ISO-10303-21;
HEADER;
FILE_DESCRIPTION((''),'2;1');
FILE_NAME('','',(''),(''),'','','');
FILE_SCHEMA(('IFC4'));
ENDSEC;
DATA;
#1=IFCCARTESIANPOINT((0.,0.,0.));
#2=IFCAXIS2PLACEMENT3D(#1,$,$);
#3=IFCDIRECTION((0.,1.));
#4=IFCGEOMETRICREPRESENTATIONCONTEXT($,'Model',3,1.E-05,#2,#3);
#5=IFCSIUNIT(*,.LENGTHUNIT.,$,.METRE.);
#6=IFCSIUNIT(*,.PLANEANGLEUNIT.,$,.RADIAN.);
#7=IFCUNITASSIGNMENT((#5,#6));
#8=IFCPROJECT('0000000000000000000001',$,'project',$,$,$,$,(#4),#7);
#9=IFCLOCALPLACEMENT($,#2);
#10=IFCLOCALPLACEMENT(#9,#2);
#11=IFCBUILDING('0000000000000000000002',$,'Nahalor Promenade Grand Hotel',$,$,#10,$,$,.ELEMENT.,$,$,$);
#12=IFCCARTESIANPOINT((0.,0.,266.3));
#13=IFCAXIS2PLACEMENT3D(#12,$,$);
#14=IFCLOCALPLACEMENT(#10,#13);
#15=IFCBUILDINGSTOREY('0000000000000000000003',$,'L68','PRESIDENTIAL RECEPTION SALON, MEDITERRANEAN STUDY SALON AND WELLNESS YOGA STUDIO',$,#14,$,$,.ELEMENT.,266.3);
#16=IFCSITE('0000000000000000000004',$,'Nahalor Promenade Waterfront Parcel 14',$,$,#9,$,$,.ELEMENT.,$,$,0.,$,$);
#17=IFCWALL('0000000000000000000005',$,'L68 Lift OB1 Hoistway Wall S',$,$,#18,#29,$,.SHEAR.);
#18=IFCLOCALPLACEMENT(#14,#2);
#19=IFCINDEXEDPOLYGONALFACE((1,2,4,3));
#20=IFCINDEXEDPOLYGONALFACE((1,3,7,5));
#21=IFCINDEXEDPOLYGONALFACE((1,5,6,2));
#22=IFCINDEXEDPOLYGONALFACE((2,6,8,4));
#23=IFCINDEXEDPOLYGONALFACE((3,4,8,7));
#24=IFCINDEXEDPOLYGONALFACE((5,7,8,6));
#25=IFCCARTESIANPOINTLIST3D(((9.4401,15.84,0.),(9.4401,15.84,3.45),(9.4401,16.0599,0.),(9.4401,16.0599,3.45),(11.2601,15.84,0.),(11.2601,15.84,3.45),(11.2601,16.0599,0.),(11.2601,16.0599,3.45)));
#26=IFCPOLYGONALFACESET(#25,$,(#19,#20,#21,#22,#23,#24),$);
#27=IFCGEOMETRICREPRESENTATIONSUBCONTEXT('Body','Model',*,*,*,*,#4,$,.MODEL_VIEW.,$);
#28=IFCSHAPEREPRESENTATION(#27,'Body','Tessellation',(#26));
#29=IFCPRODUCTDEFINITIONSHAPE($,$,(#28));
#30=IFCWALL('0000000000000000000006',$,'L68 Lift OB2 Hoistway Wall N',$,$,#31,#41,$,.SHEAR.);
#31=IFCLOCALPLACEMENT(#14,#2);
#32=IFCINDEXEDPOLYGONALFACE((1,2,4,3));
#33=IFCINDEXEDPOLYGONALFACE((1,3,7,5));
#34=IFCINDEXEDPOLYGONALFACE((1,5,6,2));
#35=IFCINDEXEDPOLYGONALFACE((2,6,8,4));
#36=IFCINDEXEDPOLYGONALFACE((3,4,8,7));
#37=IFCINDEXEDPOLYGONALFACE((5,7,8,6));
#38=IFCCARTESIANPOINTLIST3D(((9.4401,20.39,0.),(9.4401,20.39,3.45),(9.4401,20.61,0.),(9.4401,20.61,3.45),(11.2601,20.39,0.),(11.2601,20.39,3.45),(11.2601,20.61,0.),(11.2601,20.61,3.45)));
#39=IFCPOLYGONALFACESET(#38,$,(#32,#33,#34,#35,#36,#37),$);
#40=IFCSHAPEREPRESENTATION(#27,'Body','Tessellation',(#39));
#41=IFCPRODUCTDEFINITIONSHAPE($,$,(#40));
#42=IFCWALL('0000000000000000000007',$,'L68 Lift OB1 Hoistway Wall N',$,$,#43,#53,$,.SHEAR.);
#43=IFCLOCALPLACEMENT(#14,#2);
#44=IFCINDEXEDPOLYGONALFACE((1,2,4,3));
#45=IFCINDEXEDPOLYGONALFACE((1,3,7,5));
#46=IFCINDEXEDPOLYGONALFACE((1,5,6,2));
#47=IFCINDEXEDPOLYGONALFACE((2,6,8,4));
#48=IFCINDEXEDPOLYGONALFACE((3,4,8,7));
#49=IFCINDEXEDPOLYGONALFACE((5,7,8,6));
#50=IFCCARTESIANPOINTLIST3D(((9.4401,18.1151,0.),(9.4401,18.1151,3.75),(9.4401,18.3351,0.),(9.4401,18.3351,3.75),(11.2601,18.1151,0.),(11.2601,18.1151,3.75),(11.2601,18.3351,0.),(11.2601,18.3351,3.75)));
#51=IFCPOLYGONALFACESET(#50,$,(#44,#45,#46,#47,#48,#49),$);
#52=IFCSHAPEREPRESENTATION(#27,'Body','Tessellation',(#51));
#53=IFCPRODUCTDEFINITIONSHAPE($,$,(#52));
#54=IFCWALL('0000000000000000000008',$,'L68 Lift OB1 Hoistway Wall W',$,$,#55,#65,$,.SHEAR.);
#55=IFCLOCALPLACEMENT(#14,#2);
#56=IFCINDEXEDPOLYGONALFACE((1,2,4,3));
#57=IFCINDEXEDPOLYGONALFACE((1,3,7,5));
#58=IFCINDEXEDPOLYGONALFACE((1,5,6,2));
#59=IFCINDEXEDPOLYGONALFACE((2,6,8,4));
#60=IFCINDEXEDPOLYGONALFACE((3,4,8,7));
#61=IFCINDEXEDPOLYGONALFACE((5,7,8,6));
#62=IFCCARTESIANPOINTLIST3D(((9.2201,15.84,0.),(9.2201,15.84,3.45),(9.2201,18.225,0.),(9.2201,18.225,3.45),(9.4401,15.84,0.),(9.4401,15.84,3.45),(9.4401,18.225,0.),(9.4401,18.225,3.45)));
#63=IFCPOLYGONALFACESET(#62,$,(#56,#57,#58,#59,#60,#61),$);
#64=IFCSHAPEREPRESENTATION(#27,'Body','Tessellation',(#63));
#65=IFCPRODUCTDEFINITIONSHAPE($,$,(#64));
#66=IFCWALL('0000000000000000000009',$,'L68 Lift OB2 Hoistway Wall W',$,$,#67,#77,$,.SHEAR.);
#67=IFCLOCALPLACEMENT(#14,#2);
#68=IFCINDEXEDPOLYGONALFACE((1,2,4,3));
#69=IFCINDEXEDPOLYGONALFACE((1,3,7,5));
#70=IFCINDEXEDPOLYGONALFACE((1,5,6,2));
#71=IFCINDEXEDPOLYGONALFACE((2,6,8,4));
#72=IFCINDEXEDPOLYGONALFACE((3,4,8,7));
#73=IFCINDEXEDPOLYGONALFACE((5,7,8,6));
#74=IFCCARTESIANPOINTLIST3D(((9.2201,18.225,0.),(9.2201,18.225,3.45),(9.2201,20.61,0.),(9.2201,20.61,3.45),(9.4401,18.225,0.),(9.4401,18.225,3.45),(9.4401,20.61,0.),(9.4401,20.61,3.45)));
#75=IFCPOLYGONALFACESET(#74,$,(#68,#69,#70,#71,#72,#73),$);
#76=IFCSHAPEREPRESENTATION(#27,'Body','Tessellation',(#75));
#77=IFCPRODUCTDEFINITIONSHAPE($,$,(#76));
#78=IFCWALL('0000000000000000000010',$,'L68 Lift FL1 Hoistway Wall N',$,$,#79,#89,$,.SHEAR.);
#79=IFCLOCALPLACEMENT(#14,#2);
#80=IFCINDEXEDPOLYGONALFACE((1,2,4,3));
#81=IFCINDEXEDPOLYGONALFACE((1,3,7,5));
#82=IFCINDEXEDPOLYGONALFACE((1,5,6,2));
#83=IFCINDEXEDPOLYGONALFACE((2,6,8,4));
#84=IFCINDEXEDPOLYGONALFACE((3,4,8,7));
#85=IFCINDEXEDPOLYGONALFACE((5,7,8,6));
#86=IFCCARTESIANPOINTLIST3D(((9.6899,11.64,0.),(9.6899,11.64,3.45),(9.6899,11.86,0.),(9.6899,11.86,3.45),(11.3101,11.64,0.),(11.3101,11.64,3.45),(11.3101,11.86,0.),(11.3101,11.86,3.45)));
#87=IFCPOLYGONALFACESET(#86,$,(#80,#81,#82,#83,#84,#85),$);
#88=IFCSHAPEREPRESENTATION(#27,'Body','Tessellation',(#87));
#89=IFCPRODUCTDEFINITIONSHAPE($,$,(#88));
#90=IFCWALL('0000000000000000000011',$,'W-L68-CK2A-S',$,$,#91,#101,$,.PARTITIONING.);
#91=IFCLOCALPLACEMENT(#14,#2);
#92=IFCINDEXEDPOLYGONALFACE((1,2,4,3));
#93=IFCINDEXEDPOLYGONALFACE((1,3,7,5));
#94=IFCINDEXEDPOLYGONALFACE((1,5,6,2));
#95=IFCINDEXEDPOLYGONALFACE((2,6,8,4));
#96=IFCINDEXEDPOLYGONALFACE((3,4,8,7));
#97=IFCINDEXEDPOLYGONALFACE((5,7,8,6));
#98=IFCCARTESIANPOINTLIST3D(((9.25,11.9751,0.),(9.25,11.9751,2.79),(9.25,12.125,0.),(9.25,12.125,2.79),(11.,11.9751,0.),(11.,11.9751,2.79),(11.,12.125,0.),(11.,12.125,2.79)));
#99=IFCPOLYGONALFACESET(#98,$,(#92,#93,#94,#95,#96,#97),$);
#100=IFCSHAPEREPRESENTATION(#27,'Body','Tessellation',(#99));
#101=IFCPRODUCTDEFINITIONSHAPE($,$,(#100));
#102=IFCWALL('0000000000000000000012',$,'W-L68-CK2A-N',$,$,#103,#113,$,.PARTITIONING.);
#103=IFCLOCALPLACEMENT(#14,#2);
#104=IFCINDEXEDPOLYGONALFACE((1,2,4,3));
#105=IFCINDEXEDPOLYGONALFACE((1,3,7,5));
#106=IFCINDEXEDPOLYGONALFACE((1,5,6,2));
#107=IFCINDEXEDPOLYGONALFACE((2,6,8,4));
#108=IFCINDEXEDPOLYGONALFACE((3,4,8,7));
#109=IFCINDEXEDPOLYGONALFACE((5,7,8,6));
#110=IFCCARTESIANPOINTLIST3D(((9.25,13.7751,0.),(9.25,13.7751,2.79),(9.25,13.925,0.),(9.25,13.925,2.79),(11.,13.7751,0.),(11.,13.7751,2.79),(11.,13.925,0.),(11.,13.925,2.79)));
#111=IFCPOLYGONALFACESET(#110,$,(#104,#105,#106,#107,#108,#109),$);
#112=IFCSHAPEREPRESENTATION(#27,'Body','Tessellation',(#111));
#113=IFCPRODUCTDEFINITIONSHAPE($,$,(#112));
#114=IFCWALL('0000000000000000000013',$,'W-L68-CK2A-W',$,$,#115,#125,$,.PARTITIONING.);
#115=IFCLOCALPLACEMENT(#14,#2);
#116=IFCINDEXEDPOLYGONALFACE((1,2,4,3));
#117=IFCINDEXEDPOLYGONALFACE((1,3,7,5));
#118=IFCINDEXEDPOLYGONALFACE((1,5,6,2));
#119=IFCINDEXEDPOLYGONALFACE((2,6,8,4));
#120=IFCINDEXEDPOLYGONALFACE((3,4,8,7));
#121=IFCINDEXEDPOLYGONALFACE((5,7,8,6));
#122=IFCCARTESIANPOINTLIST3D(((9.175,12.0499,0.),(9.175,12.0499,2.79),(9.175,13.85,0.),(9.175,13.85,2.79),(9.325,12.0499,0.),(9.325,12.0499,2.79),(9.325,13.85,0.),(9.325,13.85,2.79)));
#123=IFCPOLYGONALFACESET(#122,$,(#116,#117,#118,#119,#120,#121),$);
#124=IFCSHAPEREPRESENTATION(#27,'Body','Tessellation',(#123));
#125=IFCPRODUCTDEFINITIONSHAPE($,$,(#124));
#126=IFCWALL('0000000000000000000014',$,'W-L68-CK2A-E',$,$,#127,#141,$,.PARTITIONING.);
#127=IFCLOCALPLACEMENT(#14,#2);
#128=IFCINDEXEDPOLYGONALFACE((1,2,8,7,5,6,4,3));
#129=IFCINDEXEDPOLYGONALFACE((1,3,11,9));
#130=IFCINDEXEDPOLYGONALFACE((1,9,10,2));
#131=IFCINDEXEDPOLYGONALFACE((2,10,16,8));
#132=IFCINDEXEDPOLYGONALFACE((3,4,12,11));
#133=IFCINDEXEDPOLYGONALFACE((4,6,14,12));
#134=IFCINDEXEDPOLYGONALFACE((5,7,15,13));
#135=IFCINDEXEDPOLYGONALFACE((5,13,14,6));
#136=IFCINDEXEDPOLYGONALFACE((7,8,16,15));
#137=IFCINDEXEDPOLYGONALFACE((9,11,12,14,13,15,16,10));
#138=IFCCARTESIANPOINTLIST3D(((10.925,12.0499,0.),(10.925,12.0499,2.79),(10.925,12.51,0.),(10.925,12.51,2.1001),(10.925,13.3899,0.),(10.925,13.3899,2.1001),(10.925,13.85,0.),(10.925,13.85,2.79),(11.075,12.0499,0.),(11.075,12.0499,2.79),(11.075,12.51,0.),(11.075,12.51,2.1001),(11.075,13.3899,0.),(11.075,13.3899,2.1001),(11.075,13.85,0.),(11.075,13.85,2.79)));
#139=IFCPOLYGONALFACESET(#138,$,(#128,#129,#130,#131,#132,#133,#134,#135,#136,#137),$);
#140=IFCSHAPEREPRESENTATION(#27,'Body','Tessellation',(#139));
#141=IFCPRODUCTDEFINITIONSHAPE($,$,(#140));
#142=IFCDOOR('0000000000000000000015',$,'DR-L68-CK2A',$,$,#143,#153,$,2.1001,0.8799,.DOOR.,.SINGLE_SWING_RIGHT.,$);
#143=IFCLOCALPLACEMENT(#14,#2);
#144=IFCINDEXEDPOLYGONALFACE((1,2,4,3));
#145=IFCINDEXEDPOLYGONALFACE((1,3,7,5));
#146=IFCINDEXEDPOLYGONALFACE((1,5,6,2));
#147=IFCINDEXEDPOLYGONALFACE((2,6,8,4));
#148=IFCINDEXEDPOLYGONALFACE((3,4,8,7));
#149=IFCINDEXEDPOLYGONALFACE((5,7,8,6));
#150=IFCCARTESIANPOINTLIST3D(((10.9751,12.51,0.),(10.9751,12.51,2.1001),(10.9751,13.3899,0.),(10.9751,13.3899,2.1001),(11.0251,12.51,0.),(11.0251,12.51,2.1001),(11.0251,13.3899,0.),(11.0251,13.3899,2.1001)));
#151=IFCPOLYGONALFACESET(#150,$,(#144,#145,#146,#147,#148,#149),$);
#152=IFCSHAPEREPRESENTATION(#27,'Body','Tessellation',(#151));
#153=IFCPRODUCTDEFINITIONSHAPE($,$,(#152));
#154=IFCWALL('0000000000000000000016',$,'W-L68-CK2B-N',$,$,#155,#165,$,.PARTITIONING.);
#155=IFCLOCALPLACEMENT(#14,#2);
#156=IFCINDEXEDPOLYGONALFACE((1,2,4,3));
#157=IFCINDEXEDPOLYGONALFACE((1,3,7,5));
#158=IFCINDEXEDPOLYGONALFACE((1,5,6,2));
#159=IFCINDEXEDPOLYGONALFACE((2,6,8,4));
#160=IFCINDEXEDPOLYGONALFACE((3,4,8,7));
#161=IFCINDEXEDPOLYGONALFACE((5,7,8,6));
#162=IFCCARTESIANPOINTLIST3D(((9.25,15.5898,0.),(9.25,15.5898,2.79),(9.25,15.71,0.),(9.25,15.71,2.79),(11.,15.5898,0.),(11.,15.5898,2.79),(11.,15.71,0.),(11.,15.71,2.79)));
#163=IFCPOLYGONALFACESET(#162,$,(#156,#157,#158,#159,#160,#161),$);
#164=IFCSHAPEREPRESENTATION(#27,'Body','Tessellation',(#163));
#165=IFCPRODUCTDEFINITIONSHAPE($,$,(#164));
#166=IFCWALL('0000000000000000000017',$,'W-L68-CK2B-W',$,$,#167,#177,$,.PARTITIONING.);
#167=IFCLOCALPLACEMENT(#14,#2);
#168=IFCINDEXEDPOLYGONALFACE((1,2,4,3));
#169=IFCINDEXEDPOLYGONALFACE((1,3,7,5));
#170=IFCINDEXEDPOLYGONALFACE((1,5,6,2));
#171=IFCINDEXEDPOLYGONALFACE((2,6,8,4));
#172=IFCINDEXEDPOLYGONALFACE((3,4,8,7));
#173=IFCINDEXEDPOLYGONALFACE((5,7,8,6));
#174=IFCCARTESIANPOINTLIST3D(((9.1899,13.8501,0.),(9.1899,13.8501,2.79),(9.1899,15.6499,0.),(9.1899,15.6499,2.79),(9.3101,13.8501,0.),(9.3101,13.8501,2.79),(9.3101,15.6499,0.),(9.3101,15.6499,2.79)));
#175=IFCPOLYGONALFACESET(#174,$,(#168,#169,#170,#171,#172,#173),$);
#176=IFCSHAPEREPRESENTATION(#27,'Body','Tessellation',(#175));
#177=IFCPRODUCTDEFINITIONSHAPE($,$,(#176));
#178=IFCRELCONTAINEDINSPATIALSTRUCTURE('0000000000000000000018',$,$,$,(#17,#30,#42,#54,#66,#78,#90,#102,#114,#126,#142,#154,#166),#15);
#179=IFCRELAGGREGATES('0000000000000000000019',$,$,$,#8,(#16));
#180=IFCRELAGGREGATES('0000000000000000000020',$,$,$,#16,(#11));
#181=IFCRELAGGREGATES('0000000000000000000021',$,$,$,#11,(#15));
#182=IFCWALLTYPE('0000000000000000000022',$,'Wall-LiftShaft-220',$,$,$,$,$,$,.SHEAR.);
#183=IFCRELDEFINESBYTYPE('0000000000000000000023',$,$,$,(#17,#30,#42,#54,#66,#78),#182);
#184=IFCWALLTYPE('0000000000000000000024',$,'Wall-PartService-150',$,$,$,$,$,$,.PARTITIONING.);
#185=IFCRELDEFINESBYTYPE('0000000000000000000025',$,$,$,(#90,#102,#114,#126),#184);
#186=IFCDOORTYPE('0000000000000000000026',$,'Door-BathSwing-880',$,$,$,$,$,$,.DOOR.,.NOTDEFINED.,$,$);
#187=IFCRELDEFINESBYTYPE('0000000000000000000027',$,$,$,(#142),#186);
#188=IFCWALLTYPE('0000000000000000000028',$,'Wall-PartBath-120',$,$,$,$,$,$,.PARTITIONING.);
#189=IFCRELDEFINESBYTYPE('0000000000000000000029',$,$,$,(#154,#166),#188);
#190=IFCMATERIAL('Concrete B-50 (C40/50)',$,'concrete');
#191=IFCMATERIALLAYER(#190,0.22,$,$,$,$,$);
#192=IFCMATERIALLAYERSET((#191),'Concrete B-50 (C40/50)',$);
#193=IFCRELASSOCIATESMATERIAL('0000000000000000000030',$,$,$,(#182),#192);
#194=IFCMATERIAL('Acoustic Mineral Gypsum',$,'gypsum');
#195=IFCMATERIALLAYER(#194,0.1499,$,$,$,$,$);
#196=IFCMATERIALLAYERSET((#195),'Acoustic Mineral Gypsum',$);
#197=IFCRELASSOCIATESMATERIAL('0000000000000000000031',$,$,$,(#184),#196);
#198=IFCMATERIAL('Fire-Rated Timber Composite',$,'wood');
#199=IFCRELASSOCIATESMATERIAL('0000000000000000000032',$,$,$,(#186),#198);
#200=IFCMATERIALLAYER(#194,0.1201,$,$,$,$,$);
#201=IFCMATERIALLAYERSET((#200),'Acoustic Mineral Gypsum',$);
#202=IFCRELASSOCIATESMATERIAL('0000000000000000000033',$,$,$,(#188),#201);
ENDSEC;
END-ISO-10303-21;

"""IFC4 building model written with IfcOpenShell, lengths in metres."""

from ifc_helpers import new_model, si_unit, direction, frame, frame_2d, origin, place, context, subcontext, project, spatial, rectangle, extrude, source, transform, mapped, material, layer, layer_set, type_object, element, fill, save


model = new_model("IFC4")

# Units and contexts
model_context = context("Model", 3, precision=1e-05, world=origin(), true_north=direction((0.0, 1.0)))
body_context = subcontext(model_context, "Body", "Model", "MODEL_VIEW")
ifc_project = project(units=[si_unit("LENGTHUNIT", "METRE"), si_unit("PLANEANGLEUNIT", "RADIAN")], contexts=[model_context])

# Site, building, storey
site_placement = place(None, origin())
site = spatial("IfcSite", under=ifc_project, at=site_placement, Name="Nahalor Promenade Waterfront Parcel 14", CompositionType="ELEMENT", RefElevation=0.0)
building_placement = place(site_placement, origin())
building = spatial("IfcBuilding", under=site, at=building_placement, Name="Nahalor Promenade Grand Hotel", CompositionType="ELEMENT")
storey_placement = place(building_placement, frame((0.0, 0.0, 266.3)))
storey = spatial("IfcBuildingStorey", under=building, at=storey_placement, Name="L68", Description="PRESIDENTIAL RECEPTION SALON, MEDITERRANEAN STUDY SALON AND WELLNESS YOGA STUDIO", CompositionType="ELEMENT", Elevation=266.3)

# Shared definitions
ifc_material_1 = material(Name="Concrete B-50 (C40/50)", Category="concrete")

# Walls
ifc_layer_1 = layer(ifc_material_1, 0.22)
ifc_layer_set_1 = layer_set([ifc_layer_1], Name="Concrete B-50 (C40/50)")
wall_type_1 = type_object("IfcWallType", Name="Wall-LiftShaft-220", PredefinedType="SHEAR", material=ifc_layer_set_1)
shared_shape_1 = source(origin(), body_context, "Body", "SweptSolid", [
    extrude(rectangle(XDim=1.8201, YDim=0.22, at=frame_2d((0.9102, 0.0))), origin(), (0.0, 0.0, 1.0), 3.45),
])
for number, where, z_axis, x_axis, name in (
    (1, (9.4399, 15.95, 0.0), (0.0, 0.0, 1.0), (1.0, 0.0, 0.0), "L68 Lift OB1 Hoistway Wall S"),
    (2, (9.4399, 20.5, 0.0), (0.0, 0.0, 1.0), (1.0, 0.0, 0.0), "L68 Lift OB2 Hoistway Wall N"),
):
    element("IfcWall", number, at=place(storey_placement, frame(where, z_axis=z_axis, x_axis=x_axis)), inside=storey, type_object=wall_type_1, Name=name, PredefinedType="SHEAR", context=body_context, shape_type="MappedRepresentation", body=[
        mapped(shared_shape_1, transform((0.0, 0.0, 0.0), scale=1.0)),
    ])
shared_shape_2 = source(origin(), body_context, "Body", "SweptSolid", [
    extrude(rectangle(XDim=1.8201, YDim=0.22, at=frame_2d((0.9102, 0.0))), origin(), (0.0, 0.0, 1.0), 3.75),
])
wall_1_placement = place(storey_placement, frame((9.4399, 18.2251, 0.0), z_axis=(0.0, 0.0, 1.0), x_axis=(1.0, 0.0, 0.0)))
element("IfcWall", 3, at=wall_1_placement, inside=storey, type_object=wall_type_1, Name="L68 Lift OB1 Hoistway Wall N", PredefinedType="SHEAR", context=body_context, shape_type="MappedRepresentation", body=[
    mapped(shared_shape_2, transform((0.0, 0.0, 0.0), scale=1.0)),
])
shared_shape_3 = source(origin(), body_context, "Body", "SweptSolid", [
    extrude(rectangle(XDim=2.385, YDim=0.22, at=frame_2d((1.1924, 0.0))), origin(), (0.0, 0.0, 1.0), 3.45),
])
for number, where, z_axis, x_axis, name in (
    (4, (9.3301, 15.8401, 0.0), (0.0, 0.0, 1.0), (0.0, 1.0, 0.0), "L68 Lift OB1 Hoistway Wall W"),
    (5, (9.3301, 18.2251, 0.0), (0.0, 0.0, 1.0), (0.0, 1.0, 0.0), "L68 Lift OB2 Hoistway Wall W"),
):
    element("IfcWall", number, at=place(storey_placement, frame(where, z_axis=z_axis, x_axis=x_axis)), inside=storey, type_object=wall_type_1, Name=name, PredefinedType="SHEAR", context=body_context, shape_type="MappedRepresentation", body=[
        mapped(shared_shape_3, transform((0.0, 0.0, 0.0), scale=1.0)),
    ])
shared_shape_4 = source(origin(), body_context, "Body", "SweptSolid", [
    extrude(rectangle(XDim=1.6201, YDim=0.22, at=frame_2d((0.8101, 0.0))), origin(), (0.0, 0.0, 1.0), 3.45),
])
wall_2_placement = place(storey_placement, frame((9.6899, 11.75, 0.0), z_axis=(0.0, 0.0, 1.0), x_axis=(1.0, 0.0, 0.0)))
element("IfcWall", 6, at=wall_2_placement, inside=storey, type_object=wall_type_1, Name="L68 Lift FL1 Hoistway Wall N", PredefinedType="SHEAR", context=body_context, shape_type="MappedRepresentation", body=[
    mapped(shared_shape_4, transform((0.0, 0.0, 0.0), scale=1.0)),
])
ifc_material_2 = material(Name="Acoustic Mineral Gypsum", Category="gypsum")
ifc_layer_2 = layer(ifc_material_2, 0.1499)
ifc_layer_set_2 = layer_set([ifc_layer_2], Name="Acoustic Mineral Gypsum")
wall_type_2 = type_object("IfcWallType", Name="Wall-PartService-150", PredefinedType="PARTITIONING", material=ifc_layer_set_2)
shared_shape_5 = source(origin(), body_context, "Body", "SweptSolid", [
    extrude(rectangle(XDim=1.75, YDim=0.1499, at=frame_2d((0.875, 0.0))), origin(), (0.0, 0.0, 1.0), 2.79),
])
for number, where, z_axis, x_axis, name in (
    (7, (9.25, 12.05, 0.0), (0.0, 0.0, 1.0), (1.0, 0.0, 0.0), "W-L68-CK2A-S"),
    (8, (9.25, 13.8501, 0.0), (0.0, 0.0, 1.0), (1.0, 0.0, 0.0), "W-L68-CK2A-N"),
):
    element("IfcWall", number, at=place(storey_placement, frame(where, z_axis=z_axis, x_axis=x_axis)), inside=storey, type_object=wall_type_2, Name=name, PredefinedType="PARTITIONING", context=body_context, shape_type="MappedRepresentation", body=[
        mapped(shared_shape_5, transform((0.0, 0.0, 0.0), scale=1.0)),
    ])
shared_shape_6 = source(origin(), body_context, "Body", "SweptSolid", [
    extrude(rectangle(XDim=1.8, YDim=0.1499, at=frame_2d((0.8999, 0.0))), origin(), (0.0, 0.0, 1.0), 2.79),
])
wall_3_placement = place(storey_placement, frame((9.25, 12.05, 0.0), z_axis=(0.0, 0.0, 1.0), x_axis=(0.0, 1.0, 0.0)))
element("IfcWall", 9, at=wall_3_placement, inside=storey, type_object=wall_type_2, Name="W-L68-CK2A-W", PredefinedType="PARTITIONING", context=body_context, shape_type="MappedRepresentation", body=[
    mapped(shared_shape_6, transform((0.0, 0.0, 0.0), scale=1.0)),
])

# Wall, opening, door
wall_4_placement = place(storey_placement, frame((11.0, 12.05, 0.0), z_axis=(0.0, 0.0, 1.0), x_axis=(0.0, 1.0, 0.0)))
wall_4 = element("IfcWall", 10, at=wall_4_placement, inside=storey, type_object=wall_type_2, Name="W-L68-CK2A-E", PredefinedType="PARTITIONING", context=body_context, shape_type="MappedRepresentation", body=[
    mapped(shared_shape_6, transform((0.0, 0.0, 0.0), scale=1.0)),
])
opening_placement = place(wall_4_placement, frame((0.46, 0.0, 0.0)))
opening = element("IfcOpeningElement", 11, at=opening_placement, cuts=wall_4, PredefinedType="OPENING", context=body_context, shape_type="SweptSolid", body=[
    extrude(rectangle(XDim=0.8799, YDim=2.1001, at=frame_2d((0.4399, 1.05))), frame((0.0, 0.085, 0.0), z_axis=(0.0, -1.0, 0.0), x_axis=(1.0, 0.0, 0.0)), (0.0, 0.0, 1.0), 0.1699),
])
ifc_material_3 = material(Name="Fire-Rated Timber Composite", Category="wood")
door_type = type_object("IfcDoorType", Name="Door-BathSwing-880", OperationType="NOTDEFINED", PredefinedType="DOOR", material=ifc_material_3)
shared_shape_7 = source(origin(), body_context, "Body", "SweptSolid", [
    extrude(rectangle(XDim=0.8799, YDim=2.1001, at=frame_2d((0.4399, 1.05))), frame((0.0, 0.0249, 0.0), z_axis=(0.0, -1.0, 0.0), x_axis=(1.0, 0.0, 0.0)), (0.0, 0.0, 1.0), 0.05),
])
door_placement = place(opening_placement, origin())
door = element("IfcDoor", 12, at=door_placement, inside=storey, type_object=door_type, Name="DR-L68-CK2A", OperationType="SINGLE_SWING_RIGHT", OverallHeight=2.1001, OverallWidth=0.8799, PredefinedType="DOOR", context=body_context, shape_type="MappedRepresentation", body=[
    mapped(shared_shape_7, transform((0.0, 0.0, 0.0), scale=1.0)),
])
fill(opening, door)

# Walls
ifc_layer_3 = layer(ifc_material_2, 0.1201)
ifc_layer_set_3 = layer_set([ifc_layer_3], Name="Acoustic Mineral Gypsum")
wall_type_3 = type_object("IfcWallType", Name="Wall-PartBath-120", PredefinedType="PARTITIONING", material=ifc_layer_set_3)
shared_shape_8 = source(origin(), body_context, "Body", "SweptSolid", [
    extrude(rectangle(XDim=1.75, YDim=0.1201, at=frame_2d((0.875, 0.0))), origin(), (0.0, 0.0, 1.0), 2.79),
])
wall_5_placement = place(storey_placement, frame((9.25, 15.6499, 0.0), z_axis=(0.0, 0.0, 1.0), x_axis=(1.0, 0.0, 0.0)))
element("IfcWall", 13, at=wall_5_placement, inside=storey, type_object=wall_type_3, Name="W-L68-CK2B-N", PredefinedType="PARTITIONING", context=body_context, shape_type="MappedRepresentation", body=[
    mapped(shared_shape_8, transform((0.0, 0.0, 0.0), scale=1.0)),
])
shared_shape_9 = source(origin(), body_context, "Body", "SweptSolid", [
    extrude(rectangle(XDim=1.7998, YDim=0.1201, at=frame_2d((0.8999, 0.0))), origin(), (0.0, 0.0, 1.0), 2.79),
])
wall_6_placement = place(storey_placement, frame((9.25, 13.8501, 0.0), z_axis=(0.0, 0.0, 1.0), x_axis=(0.0, 1.0, 0.0)))
element("IfcWall", 14, at=wall_6_placement, inside=storey, type_object=wall_type_3, Name="W-L68-CK2B-W", PredefinedType="PARTITIONING", context=body_context, shape_type="MappedRepresentation", body=[
    mapped(shared_shape_9, transform((0.0, 0.0, 0.0), scale=1.0)),
])

save(model, "model.ifc")
